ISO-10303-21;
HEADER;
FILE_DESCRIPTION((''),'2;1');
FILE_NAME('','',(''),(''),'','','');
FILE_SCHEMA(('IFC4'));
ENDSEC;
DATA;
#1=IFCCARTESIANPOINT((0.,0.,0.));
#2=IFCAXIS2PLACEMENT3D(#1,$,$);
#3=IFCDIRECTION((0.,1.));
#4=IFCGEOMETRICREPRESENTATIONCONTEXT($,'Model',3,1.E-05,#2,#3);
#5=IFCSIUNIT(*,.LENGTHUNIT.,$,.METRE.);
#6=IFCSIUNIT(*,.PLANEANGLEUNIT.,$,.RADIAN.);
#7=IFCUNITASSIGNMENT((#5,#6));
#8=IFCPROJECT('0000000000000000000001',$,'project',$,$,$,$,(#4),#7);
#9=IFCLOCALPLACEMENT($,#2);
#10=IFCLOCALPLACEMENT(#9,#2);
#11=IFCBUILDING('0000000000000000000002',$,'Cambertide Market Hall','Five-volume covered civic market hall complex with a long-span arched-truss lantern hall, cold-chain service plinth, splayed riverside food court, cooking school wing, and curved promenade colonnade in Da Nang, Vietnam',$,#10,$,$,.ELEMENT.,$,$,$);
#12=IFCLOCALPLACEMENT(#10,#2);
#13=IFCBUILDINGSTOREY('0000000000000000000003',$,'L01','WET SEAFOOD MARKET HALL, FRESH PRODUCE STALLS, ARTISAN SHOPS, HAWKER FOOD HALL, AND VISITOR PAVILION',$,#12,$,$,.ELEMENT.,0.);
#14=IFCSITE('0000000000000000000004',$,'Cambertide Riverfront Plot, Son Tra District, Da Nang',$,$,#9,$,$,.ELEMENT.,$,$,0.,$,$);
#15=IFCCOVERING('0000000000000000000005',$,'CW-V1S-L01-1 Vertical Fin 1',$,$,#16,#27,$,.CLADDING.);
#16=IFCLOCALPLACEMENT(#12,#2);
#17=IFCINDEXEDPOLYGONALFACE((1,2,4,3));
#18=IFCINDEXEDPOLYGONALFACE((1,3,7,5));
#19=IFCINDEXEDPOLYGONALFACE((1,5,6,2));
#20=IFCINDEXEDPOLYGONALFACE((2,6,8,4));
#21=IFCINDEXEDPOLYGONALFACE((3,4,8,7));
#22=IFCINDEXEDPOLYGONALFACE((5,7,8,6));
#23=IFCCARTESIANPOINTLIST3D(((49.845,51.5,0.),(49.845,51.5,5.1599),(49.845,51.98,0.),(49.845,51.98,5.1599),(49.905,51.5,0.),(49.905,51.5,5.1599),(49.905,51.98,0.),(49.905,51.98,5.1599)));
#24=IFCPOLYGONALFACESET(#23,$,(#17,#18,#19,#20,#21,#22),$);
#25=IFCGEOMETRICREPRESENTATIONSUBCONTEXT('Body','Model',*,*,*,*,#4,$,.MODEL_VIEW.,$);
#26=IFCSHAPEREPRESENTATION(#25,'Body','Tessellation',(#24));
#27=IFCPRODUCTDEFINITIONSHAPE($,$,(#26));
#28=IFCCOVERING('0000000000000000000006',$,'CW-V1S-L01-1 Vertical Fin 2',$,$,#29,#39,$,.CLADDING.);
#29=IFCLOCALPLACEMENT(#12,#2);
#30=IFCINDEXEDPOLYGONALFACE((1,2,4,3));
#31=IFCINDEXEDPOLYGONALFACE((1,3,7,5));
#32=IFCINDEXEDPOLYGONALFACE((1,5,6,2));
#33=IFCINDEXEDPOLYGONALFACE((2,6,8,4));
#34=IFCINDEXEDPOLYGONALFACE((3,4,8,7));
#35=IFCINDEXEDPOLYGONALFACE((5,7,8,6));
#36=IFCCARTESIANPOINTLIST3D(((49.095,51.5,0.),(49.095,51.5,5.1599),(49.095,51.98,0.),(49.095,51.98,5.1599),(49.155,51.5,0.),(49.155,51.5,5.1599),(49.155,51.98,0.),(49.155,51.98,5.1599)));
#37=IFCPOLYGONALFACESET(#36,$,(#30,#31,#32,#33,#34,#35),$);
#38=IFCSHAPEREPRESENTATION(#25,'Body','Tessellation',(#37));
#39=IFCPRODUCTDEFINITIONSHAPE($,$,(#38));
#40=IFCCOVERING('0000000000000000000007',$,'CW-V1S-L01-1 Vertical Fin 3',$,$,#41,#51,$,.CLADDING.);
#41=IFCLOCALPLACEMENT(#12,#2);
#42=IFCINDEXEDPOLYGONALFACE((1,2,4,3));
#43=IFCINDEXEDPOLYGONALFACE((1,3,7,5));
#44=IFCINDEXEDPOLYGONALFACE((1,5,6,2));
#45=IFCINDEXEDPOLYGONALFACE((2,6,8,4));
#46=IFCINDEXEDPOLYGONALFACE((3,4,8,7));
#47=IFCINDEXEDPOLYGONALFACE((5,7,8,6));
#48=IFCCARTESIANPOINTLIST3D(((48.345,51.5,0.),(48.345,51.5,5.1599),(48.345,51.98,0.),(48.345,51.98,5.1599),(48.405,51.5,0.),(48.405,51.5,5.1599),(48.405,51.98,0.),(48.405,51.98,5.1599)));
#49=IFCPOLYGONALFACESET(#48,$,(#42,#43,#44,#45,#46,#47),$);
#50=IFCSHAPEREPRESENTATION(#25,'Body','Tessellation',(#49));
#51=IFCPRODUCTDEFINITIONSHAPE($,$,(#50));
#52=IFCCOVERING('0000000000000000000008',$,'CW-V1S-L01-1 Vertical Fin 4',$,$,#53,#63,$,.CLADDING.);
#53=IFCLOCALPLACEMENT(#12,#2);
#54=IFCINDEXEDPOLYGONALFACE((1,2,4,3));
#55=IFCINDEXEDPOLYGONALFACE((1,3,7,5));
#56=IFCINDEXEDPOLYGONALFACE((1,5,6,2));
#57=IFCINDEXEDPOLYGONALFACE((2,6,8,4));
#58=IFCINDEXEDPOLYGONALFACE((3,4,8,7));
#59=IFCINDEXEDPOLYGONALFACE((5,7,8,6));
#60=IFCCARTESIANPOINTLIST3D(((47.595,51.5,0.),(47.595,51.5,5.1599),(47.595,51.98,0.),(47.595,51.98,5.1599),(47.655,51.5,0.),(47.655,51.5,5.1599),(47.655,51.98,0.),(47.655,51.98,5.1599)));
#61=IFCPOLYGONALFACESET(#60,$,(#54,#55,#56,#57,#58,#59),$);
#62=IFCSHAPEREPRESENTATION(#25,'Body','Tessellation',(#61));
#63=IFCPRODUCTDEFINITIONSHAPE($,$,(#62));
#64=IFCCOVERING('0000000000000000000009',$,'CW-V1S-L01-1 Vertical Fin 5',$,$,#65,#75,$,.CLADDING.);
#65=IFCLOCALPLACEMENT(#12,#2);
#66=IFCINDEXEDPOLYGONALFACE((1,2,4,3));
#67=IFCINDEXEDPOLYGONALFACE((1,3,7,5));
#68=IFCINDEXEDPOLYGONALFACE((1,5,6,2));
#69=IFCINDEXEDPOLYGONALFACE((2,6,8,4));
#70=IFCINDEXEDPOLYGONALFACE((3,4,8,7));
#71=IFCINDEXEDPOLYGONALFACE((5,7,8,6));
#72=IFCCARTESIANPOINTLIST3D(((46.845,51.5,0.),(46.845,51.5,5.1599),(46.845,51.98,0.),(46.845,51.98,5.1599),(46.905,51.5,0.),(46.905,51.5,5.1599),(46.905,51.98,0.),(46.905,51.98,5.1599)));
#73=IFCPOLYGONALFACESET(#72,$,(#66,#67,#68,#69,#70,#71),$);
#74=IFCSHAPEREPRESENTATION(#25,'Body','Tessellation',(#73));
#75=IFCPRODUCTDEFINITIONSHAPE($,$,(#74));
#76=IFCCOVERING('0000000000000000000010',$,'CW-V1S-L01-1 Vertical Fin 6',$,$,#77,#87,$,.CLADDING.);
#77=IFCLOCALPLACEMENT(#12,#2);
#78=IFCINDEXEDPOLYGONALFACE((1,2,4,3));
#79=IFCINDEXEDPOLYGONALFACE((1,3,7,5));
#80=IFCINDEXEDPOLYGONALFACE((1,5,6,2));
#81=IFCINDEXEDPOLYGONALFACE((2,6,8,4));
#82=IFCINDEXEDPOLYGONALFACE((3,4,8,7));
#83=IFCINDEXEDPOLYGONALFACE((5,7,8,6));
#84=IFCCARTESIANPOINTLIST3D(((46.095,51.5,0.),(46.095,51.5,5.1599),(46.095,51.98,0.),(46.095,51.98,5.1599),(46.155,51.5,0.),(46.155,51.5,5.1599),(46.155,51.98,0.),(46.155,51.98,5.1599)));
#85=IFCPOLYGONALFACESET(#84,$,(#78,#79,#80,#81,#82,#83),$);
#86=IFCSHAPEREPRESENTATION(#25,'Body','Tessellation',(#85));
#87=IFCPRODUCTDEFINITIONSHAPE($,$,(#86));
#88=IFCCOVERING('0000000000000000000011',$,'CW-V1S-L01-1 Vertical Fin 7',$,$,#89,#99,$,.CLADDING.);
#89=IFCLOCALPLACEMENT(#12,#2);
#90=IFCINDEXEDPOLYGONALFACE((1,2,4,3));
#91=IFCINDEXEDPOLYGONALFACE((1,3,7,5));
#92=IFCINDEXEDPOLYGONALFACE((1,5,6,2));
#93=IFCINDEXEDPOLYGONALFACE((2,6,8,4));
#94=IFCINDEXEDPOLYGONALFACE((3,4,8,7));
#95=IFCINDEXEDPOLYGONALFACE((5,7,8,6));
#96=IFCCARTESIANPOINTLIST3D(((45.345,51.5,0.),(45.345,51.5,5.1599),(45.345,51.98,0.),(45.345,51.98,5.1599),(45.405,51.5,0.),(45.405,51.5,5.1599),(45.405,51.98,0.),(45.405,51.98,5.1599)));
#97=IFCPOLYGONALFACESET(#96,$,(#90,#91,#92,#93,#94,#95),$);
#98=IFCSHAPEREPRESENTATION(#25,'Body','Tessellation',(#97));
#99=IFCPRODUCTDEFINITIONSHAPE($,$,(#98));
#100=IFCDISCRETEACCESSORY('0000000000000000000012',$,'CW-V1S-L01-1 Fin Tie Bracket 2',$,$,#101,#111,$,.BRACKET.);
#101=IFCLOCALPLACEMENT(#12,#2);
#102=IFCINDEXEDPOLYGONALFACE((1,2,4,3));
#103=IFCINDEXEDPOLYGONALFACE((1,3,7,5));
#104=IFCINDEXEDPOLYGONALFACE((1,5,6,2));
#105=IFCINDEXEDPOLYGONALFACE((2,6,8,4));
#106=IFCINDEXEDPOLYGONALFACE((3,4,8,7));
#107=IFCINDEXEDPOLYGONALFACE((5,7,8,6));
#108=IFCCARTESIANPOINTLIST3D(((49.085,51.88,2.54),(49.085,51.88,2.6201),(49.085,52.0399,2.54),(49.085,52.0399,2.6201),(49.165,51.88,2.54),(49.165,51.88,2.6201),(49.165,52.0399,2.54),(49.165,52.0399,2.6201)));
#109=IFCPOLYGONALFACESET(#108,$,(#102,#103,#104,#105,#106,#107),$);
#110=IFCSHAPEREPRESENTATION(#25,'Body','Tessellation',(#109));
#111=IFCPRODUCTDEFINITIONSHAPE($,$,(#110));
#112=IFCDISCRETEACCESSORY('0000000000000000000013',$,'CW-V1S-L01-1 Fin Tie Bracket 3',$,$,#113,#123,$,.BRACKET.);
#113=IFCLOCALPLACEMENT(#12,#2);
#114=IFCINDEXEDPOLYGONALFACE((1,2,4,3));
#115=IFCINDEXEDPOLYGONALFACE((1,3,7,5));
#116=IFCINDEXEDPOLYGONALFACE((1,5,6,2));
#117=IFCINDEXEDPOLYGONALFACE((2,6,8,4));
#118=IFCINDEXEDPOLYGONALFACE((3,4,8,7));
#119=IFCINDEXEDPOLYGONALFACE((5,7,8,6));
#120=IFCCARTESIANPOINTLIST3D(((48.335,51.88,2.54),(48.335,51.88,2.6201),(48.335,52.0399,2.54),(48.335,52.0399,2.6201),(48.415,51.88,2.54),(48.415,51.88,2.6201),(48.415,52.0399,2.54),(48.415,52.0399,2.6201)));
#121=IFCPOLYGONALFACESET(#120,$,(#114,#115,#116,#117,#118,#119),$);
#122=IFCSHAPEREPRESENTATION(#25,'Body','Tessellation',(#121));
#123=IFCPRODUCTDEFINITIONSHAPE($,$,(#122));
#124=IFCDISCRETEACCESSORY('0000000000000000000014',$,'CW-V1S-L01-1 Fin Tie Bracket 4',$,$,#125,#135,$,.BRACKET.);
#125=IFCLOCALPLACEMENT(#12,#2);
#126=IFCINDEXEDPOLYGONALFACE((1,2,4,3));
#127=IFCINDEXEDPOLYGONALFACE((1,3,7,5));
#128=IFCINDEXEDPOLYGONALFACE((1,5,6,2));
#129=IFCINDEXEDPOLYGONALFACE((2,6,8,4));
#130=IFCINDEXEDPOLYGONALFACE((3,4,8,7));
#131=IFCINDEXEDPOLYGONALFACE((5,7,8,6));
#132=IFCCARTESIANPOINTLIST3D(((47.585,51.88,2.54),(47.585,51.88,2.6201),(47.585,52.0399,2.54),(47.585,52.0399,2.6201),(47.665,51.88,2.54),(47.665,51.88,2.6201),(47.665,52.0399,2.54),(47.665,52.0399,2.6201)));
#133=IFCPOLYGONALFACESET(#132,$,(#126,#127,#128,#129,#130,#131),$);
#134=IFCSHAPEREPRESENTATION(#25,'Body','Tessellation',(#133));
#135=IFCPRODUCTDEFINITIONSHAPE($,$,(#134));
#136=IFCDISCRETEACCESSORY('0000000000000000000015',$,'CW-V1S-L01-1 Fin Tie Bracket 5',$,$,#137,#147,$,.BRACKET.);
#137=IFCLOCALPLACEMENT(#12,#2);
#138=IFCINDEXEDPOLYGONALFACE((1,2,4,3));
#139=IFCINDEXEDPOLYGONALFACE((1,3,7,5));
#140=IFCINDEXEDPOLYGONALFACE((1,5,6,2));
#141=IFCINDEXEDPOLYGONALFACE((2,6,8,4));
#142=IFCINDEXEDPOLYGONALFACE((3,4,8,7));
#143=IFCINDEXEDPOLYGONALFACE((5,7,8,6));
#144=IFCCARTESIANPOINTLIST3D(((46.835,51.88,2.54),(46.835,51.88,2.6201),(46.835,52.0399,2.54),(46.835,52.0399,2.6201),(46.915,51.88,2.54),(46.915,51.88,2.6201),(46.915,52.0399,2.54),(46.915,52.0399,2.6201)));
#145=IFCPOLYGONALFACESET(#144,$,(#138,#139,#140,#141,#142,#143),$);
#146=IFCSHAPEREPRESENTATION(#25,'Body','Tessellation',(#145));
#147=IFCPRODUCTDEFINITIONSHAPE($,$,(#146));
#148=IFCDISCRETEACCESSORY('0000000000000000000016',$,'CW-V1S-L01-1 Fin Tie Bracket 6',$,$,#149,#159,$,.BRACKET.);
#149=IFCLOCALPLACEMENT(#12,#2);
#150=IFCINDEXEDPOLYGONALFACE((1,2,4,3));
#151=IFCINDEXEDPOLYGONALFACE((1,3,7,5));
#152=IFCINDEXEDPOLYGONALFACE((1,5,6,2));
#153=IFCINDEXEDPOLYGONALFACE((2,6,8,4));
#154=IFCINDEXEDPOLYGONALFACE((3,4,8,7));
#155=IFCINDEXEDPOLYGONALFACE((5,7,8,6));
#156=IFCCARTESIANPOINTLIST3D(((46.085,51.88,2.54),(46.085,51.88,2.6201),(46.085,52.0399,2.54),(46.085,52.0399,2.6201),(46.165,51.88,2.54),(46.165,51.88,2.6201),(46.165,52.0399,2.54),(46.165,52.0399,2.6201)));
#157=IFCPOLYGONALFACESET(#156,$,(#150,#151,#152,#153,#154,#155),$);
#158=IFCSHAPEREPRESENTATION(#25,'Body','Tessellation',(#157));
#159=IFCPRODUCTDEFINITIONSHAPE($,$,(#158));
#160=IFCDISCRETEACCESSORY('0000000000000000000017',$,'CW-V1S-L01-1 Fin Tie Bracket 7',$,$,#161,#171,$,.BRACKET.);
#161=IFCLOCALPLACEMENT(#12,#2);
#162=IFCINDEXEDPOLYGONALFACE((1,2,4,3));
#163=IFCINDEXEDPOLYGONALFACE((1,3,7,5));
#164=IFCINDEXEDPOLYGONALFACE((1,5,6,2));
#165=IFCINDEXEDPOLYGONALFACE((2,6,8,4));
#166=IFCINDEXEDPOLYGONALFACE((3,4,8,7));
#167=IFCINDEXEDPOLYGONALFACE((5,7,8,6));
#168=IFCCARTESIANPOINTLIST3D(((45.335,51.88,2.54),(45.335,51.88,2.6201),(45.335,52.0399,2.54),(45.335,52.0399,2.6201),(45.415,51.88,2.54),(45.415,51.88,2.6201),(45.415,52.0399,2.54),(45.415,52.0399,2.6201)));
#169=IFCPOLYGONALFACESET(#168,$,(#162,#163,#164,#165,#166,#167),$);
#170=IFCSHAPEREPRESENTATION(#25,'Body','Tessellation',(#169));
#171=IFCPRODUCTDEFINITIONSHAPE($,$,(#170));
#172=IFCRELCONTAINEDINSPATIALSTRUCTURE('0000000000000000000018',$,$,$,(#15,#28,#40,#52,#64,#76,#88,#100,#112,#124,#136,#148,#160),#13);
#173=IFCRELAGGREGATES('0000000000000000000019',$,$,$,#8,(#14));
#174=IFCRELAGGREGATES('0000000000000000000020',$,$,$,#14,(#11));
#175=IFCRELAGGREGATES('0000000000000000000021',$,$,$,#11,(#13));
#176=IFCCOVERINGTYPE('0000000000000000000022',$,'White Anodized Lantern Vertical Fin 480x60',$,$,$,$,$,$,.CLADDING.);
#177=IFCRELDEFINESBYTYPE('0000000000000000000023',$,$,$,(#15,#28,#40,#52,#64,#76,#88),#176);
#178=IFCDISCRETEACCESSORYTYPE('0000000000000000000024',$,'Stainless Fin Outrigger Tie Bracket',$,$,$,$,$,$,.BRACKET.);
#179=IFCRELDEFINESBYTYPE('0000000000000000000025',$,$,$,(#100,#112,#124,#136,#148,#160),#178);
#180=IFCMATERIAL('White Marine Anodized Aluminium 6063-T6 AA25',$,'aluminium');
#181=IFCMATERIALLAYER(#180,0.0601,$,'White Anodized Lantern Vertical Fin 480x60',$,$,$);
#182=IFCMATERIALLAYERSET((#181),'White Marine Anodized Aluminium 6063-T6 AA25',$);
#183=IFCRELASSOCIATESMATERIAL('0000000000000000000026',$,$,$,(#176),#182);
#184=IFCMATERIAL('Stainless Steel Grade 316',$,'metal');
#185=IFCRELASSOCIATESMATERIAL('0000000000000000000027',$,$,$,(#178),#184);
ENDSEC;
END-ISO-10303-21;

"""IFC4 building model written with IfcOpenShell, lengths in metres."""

from ifc_helpers import new_model, si_unit, direction, frame, origin, origin_2d, place, context, subcontext, project, spatial, rectangle, extrude, material, layer, layer_set, type_object, element, save


model = new_model("IFC4")

# Units and contexts
model_context = context("Model", 3, precision=1e-05, world=origin(), true_north=direction((0.0, 1.0)))
body_context = subcontext(model_context, "Body", "Model", "MODEL_VIEW")
ifc_project = project(units=[si_unit("LENGTHUNIT", "METRE"), si_unit("PLANEANGLEUNIT", "RADIAN")], contexts=[model_context])

# Site, building, storey
site_placement = place(None, origin())
site = spatial("IfcSite", under=ifc_project, at=site_placement, Name="Cambertide Riverfront Plot, Son Tra District, Da Nang", CompositionType="ELEMENT", RefElevation=0.0)
building_placement = place(site_placement, origin())
building = spatial("IfcBuilding", under=site, at=building_placement, Name="Cambertide Market Hall", Description="Five-volume covered civic market hall complex with a long-span arched-truss lantern hall, cold-chain service plinth, splayed riverside food court, cooking school wing, and curved promenade colonnade in Da Nang, Vietnam", CompositionType="ELEMENT")
storey_placement = place(building_placement, origin())
storey = spatial("IfcBuildingStorey", under=building, at=storey_placement, Name="L01", Description="WET SEAFOOD MARKET HALL, FRESH PRODUCE STALLS, ARTISAN SHOPS, HAWKER FOOD HALL, AND VISITOR PAVILION", CompositionType="ELEMENT", Elevation=0.0)

# Coverings
ifc_material_1 = material(Name="White Marine Anodized Aluminium 6063-T6 AA25", Category="aluminium")
ifc_layer_1 = layer(ifc_material_1, 0.0601, Name="White Anodized Lantern Vertical Fin 480x60")
ifc_layer_set_1 = layer_set([ifc_layer_1], Name="White Marine Anodized Aluminium 6063-T6 AA25")
covering_type = type_object("IfcCoveringType", Name="White Anodized Lantern Vertical Fin 480x60", PredefinedType="CLADDING", material=ifc_layer_set_1)
for number, where, z_axis, x_axis, name in (
    (1, (49.875, 51.74, 0.0), (0.0, 0.0, 1.0), (-1.0, 0.0, 0.0), "CW-V1S-L01-1 Vertical Fin 1"),
    (2, (49.125, 51.74, 0.0), (0.0, 0.0, 1.0), (-1.0, 0.0, 0.0), "CW-V1S-L01-1 Vertical Fin 2"),
    (3, (48.375, 51.74, 0.0), (0.0, 0.0, 1.0), (-1.0, 0.0, 0.0), "CW-V1S-L01-1 Vertical Fin 3"),
    (4, (47.625, 51.74, 0.0), (0.0, 0.0, 1.0), (-1.0, 0.0, 0.0), "CW-V1S-L01-1 Vertical Fin 4"),
    (5, (46.875, 51.74, 0.0), (0.0, 0.0, 1.0), (-1.0, 0.0, 0.0), "CW-V1S-L01-1 Vertical Fin 5"),
    (6, (46.125, 51.74, 0.0), (0.0, 0.0, 1.0), (-1.0, 0.0, 0.0), "CW-V1S-L01-1 Vertical Fin 6"),
    (7, (45.375, 51.74, 0.0), (0.0, 0.0, 1.0), (-1.0, 0.0, 0.0), "CW-V1S-L01-1 Vertical Fin 7"),
):
    element("IfcCovering", number, at=place(storey_placement, frame(where, z_axis=z_axis, x_axis=x_axis)), inside=storey, type_object=covering_type, Name=name, PredefinedType="CLADDING", context=body_context, shape_type="SweptSolid", body=[
        extrude(rectangle(XDim=0.0601, YDim=0.48, at=origin_2d()), origin(), (0.0, 0.0, 1.0), 5.1599),
    ])

# Discrete accessories
ifc_material_2 = material(Name="Stainless Steel Grade 316", Category="metal")
discrete_accessory_type = type_object("IfcDiscreteAccessoryType", Name="Stainless Fin Outrigger Tie Bracket", PredefinedType="BRACKET", material=ifc_material_2)
for number, where, z_axis, x_axis, name in (
    (8, (49.125, 51.96, 2.54), (0.0, 0.0, 1.0), (-1.0, 0.0, 0.0), "CW-V1S-L01-1 Fin Tie Bracket 2"),
    (9, (48.375, 51.96, 2.54), (0.0, 0.0, 1.0), (-1.0, 0.0, 0.0), "CW-V1S-L01-1 Fin Tie Bracket 3"),
    (10, (47.625, 51.96, 2.54), (0.0, 0.0, 1.0), (-1.0, 0.0, 0.0), "CW-V1S-L01-1 Fin Tie Bracket 4"),
    (11, (46.875, 51.96, 2.54), (0.0, 0.0, 1.0), (-1.0, 0.0, 0.0), "CW-V1S-L01-1 Fin Tie Bracket 5"),
    (12, (46.125, 51.96, 2.54), (0.0, 0.0, 1.0), (-1.0, 0.0, 0.0), "CW-V1S-L01-1 Fin Tie Bracket 6"),
    (13, (45.375, 51.96, 2.54), (0.0, 0.0, 1.0), (-1.0, 0.0, 0.0), "CW-V1S-L01-1 Fin Tie Bracket 7"),
):
    element("IfcDiscreteAccessory", number, at=place(storey_placement, frame(where, z_axis=z_axis, x_axis=x_axis)), inside=storey, type_object=discrete_accessory_type, Name=name, PredefinedType="BRACKET", context=body_context, shape_type="SweptSolid", body=[
        extrude(rectangle(XDim=0.0801, YDim=0.1599, at=origin_2d()), origin(), (0.0, 0.0, 1.0), 0.0801),
    ])

save(model, "model.ifc")
